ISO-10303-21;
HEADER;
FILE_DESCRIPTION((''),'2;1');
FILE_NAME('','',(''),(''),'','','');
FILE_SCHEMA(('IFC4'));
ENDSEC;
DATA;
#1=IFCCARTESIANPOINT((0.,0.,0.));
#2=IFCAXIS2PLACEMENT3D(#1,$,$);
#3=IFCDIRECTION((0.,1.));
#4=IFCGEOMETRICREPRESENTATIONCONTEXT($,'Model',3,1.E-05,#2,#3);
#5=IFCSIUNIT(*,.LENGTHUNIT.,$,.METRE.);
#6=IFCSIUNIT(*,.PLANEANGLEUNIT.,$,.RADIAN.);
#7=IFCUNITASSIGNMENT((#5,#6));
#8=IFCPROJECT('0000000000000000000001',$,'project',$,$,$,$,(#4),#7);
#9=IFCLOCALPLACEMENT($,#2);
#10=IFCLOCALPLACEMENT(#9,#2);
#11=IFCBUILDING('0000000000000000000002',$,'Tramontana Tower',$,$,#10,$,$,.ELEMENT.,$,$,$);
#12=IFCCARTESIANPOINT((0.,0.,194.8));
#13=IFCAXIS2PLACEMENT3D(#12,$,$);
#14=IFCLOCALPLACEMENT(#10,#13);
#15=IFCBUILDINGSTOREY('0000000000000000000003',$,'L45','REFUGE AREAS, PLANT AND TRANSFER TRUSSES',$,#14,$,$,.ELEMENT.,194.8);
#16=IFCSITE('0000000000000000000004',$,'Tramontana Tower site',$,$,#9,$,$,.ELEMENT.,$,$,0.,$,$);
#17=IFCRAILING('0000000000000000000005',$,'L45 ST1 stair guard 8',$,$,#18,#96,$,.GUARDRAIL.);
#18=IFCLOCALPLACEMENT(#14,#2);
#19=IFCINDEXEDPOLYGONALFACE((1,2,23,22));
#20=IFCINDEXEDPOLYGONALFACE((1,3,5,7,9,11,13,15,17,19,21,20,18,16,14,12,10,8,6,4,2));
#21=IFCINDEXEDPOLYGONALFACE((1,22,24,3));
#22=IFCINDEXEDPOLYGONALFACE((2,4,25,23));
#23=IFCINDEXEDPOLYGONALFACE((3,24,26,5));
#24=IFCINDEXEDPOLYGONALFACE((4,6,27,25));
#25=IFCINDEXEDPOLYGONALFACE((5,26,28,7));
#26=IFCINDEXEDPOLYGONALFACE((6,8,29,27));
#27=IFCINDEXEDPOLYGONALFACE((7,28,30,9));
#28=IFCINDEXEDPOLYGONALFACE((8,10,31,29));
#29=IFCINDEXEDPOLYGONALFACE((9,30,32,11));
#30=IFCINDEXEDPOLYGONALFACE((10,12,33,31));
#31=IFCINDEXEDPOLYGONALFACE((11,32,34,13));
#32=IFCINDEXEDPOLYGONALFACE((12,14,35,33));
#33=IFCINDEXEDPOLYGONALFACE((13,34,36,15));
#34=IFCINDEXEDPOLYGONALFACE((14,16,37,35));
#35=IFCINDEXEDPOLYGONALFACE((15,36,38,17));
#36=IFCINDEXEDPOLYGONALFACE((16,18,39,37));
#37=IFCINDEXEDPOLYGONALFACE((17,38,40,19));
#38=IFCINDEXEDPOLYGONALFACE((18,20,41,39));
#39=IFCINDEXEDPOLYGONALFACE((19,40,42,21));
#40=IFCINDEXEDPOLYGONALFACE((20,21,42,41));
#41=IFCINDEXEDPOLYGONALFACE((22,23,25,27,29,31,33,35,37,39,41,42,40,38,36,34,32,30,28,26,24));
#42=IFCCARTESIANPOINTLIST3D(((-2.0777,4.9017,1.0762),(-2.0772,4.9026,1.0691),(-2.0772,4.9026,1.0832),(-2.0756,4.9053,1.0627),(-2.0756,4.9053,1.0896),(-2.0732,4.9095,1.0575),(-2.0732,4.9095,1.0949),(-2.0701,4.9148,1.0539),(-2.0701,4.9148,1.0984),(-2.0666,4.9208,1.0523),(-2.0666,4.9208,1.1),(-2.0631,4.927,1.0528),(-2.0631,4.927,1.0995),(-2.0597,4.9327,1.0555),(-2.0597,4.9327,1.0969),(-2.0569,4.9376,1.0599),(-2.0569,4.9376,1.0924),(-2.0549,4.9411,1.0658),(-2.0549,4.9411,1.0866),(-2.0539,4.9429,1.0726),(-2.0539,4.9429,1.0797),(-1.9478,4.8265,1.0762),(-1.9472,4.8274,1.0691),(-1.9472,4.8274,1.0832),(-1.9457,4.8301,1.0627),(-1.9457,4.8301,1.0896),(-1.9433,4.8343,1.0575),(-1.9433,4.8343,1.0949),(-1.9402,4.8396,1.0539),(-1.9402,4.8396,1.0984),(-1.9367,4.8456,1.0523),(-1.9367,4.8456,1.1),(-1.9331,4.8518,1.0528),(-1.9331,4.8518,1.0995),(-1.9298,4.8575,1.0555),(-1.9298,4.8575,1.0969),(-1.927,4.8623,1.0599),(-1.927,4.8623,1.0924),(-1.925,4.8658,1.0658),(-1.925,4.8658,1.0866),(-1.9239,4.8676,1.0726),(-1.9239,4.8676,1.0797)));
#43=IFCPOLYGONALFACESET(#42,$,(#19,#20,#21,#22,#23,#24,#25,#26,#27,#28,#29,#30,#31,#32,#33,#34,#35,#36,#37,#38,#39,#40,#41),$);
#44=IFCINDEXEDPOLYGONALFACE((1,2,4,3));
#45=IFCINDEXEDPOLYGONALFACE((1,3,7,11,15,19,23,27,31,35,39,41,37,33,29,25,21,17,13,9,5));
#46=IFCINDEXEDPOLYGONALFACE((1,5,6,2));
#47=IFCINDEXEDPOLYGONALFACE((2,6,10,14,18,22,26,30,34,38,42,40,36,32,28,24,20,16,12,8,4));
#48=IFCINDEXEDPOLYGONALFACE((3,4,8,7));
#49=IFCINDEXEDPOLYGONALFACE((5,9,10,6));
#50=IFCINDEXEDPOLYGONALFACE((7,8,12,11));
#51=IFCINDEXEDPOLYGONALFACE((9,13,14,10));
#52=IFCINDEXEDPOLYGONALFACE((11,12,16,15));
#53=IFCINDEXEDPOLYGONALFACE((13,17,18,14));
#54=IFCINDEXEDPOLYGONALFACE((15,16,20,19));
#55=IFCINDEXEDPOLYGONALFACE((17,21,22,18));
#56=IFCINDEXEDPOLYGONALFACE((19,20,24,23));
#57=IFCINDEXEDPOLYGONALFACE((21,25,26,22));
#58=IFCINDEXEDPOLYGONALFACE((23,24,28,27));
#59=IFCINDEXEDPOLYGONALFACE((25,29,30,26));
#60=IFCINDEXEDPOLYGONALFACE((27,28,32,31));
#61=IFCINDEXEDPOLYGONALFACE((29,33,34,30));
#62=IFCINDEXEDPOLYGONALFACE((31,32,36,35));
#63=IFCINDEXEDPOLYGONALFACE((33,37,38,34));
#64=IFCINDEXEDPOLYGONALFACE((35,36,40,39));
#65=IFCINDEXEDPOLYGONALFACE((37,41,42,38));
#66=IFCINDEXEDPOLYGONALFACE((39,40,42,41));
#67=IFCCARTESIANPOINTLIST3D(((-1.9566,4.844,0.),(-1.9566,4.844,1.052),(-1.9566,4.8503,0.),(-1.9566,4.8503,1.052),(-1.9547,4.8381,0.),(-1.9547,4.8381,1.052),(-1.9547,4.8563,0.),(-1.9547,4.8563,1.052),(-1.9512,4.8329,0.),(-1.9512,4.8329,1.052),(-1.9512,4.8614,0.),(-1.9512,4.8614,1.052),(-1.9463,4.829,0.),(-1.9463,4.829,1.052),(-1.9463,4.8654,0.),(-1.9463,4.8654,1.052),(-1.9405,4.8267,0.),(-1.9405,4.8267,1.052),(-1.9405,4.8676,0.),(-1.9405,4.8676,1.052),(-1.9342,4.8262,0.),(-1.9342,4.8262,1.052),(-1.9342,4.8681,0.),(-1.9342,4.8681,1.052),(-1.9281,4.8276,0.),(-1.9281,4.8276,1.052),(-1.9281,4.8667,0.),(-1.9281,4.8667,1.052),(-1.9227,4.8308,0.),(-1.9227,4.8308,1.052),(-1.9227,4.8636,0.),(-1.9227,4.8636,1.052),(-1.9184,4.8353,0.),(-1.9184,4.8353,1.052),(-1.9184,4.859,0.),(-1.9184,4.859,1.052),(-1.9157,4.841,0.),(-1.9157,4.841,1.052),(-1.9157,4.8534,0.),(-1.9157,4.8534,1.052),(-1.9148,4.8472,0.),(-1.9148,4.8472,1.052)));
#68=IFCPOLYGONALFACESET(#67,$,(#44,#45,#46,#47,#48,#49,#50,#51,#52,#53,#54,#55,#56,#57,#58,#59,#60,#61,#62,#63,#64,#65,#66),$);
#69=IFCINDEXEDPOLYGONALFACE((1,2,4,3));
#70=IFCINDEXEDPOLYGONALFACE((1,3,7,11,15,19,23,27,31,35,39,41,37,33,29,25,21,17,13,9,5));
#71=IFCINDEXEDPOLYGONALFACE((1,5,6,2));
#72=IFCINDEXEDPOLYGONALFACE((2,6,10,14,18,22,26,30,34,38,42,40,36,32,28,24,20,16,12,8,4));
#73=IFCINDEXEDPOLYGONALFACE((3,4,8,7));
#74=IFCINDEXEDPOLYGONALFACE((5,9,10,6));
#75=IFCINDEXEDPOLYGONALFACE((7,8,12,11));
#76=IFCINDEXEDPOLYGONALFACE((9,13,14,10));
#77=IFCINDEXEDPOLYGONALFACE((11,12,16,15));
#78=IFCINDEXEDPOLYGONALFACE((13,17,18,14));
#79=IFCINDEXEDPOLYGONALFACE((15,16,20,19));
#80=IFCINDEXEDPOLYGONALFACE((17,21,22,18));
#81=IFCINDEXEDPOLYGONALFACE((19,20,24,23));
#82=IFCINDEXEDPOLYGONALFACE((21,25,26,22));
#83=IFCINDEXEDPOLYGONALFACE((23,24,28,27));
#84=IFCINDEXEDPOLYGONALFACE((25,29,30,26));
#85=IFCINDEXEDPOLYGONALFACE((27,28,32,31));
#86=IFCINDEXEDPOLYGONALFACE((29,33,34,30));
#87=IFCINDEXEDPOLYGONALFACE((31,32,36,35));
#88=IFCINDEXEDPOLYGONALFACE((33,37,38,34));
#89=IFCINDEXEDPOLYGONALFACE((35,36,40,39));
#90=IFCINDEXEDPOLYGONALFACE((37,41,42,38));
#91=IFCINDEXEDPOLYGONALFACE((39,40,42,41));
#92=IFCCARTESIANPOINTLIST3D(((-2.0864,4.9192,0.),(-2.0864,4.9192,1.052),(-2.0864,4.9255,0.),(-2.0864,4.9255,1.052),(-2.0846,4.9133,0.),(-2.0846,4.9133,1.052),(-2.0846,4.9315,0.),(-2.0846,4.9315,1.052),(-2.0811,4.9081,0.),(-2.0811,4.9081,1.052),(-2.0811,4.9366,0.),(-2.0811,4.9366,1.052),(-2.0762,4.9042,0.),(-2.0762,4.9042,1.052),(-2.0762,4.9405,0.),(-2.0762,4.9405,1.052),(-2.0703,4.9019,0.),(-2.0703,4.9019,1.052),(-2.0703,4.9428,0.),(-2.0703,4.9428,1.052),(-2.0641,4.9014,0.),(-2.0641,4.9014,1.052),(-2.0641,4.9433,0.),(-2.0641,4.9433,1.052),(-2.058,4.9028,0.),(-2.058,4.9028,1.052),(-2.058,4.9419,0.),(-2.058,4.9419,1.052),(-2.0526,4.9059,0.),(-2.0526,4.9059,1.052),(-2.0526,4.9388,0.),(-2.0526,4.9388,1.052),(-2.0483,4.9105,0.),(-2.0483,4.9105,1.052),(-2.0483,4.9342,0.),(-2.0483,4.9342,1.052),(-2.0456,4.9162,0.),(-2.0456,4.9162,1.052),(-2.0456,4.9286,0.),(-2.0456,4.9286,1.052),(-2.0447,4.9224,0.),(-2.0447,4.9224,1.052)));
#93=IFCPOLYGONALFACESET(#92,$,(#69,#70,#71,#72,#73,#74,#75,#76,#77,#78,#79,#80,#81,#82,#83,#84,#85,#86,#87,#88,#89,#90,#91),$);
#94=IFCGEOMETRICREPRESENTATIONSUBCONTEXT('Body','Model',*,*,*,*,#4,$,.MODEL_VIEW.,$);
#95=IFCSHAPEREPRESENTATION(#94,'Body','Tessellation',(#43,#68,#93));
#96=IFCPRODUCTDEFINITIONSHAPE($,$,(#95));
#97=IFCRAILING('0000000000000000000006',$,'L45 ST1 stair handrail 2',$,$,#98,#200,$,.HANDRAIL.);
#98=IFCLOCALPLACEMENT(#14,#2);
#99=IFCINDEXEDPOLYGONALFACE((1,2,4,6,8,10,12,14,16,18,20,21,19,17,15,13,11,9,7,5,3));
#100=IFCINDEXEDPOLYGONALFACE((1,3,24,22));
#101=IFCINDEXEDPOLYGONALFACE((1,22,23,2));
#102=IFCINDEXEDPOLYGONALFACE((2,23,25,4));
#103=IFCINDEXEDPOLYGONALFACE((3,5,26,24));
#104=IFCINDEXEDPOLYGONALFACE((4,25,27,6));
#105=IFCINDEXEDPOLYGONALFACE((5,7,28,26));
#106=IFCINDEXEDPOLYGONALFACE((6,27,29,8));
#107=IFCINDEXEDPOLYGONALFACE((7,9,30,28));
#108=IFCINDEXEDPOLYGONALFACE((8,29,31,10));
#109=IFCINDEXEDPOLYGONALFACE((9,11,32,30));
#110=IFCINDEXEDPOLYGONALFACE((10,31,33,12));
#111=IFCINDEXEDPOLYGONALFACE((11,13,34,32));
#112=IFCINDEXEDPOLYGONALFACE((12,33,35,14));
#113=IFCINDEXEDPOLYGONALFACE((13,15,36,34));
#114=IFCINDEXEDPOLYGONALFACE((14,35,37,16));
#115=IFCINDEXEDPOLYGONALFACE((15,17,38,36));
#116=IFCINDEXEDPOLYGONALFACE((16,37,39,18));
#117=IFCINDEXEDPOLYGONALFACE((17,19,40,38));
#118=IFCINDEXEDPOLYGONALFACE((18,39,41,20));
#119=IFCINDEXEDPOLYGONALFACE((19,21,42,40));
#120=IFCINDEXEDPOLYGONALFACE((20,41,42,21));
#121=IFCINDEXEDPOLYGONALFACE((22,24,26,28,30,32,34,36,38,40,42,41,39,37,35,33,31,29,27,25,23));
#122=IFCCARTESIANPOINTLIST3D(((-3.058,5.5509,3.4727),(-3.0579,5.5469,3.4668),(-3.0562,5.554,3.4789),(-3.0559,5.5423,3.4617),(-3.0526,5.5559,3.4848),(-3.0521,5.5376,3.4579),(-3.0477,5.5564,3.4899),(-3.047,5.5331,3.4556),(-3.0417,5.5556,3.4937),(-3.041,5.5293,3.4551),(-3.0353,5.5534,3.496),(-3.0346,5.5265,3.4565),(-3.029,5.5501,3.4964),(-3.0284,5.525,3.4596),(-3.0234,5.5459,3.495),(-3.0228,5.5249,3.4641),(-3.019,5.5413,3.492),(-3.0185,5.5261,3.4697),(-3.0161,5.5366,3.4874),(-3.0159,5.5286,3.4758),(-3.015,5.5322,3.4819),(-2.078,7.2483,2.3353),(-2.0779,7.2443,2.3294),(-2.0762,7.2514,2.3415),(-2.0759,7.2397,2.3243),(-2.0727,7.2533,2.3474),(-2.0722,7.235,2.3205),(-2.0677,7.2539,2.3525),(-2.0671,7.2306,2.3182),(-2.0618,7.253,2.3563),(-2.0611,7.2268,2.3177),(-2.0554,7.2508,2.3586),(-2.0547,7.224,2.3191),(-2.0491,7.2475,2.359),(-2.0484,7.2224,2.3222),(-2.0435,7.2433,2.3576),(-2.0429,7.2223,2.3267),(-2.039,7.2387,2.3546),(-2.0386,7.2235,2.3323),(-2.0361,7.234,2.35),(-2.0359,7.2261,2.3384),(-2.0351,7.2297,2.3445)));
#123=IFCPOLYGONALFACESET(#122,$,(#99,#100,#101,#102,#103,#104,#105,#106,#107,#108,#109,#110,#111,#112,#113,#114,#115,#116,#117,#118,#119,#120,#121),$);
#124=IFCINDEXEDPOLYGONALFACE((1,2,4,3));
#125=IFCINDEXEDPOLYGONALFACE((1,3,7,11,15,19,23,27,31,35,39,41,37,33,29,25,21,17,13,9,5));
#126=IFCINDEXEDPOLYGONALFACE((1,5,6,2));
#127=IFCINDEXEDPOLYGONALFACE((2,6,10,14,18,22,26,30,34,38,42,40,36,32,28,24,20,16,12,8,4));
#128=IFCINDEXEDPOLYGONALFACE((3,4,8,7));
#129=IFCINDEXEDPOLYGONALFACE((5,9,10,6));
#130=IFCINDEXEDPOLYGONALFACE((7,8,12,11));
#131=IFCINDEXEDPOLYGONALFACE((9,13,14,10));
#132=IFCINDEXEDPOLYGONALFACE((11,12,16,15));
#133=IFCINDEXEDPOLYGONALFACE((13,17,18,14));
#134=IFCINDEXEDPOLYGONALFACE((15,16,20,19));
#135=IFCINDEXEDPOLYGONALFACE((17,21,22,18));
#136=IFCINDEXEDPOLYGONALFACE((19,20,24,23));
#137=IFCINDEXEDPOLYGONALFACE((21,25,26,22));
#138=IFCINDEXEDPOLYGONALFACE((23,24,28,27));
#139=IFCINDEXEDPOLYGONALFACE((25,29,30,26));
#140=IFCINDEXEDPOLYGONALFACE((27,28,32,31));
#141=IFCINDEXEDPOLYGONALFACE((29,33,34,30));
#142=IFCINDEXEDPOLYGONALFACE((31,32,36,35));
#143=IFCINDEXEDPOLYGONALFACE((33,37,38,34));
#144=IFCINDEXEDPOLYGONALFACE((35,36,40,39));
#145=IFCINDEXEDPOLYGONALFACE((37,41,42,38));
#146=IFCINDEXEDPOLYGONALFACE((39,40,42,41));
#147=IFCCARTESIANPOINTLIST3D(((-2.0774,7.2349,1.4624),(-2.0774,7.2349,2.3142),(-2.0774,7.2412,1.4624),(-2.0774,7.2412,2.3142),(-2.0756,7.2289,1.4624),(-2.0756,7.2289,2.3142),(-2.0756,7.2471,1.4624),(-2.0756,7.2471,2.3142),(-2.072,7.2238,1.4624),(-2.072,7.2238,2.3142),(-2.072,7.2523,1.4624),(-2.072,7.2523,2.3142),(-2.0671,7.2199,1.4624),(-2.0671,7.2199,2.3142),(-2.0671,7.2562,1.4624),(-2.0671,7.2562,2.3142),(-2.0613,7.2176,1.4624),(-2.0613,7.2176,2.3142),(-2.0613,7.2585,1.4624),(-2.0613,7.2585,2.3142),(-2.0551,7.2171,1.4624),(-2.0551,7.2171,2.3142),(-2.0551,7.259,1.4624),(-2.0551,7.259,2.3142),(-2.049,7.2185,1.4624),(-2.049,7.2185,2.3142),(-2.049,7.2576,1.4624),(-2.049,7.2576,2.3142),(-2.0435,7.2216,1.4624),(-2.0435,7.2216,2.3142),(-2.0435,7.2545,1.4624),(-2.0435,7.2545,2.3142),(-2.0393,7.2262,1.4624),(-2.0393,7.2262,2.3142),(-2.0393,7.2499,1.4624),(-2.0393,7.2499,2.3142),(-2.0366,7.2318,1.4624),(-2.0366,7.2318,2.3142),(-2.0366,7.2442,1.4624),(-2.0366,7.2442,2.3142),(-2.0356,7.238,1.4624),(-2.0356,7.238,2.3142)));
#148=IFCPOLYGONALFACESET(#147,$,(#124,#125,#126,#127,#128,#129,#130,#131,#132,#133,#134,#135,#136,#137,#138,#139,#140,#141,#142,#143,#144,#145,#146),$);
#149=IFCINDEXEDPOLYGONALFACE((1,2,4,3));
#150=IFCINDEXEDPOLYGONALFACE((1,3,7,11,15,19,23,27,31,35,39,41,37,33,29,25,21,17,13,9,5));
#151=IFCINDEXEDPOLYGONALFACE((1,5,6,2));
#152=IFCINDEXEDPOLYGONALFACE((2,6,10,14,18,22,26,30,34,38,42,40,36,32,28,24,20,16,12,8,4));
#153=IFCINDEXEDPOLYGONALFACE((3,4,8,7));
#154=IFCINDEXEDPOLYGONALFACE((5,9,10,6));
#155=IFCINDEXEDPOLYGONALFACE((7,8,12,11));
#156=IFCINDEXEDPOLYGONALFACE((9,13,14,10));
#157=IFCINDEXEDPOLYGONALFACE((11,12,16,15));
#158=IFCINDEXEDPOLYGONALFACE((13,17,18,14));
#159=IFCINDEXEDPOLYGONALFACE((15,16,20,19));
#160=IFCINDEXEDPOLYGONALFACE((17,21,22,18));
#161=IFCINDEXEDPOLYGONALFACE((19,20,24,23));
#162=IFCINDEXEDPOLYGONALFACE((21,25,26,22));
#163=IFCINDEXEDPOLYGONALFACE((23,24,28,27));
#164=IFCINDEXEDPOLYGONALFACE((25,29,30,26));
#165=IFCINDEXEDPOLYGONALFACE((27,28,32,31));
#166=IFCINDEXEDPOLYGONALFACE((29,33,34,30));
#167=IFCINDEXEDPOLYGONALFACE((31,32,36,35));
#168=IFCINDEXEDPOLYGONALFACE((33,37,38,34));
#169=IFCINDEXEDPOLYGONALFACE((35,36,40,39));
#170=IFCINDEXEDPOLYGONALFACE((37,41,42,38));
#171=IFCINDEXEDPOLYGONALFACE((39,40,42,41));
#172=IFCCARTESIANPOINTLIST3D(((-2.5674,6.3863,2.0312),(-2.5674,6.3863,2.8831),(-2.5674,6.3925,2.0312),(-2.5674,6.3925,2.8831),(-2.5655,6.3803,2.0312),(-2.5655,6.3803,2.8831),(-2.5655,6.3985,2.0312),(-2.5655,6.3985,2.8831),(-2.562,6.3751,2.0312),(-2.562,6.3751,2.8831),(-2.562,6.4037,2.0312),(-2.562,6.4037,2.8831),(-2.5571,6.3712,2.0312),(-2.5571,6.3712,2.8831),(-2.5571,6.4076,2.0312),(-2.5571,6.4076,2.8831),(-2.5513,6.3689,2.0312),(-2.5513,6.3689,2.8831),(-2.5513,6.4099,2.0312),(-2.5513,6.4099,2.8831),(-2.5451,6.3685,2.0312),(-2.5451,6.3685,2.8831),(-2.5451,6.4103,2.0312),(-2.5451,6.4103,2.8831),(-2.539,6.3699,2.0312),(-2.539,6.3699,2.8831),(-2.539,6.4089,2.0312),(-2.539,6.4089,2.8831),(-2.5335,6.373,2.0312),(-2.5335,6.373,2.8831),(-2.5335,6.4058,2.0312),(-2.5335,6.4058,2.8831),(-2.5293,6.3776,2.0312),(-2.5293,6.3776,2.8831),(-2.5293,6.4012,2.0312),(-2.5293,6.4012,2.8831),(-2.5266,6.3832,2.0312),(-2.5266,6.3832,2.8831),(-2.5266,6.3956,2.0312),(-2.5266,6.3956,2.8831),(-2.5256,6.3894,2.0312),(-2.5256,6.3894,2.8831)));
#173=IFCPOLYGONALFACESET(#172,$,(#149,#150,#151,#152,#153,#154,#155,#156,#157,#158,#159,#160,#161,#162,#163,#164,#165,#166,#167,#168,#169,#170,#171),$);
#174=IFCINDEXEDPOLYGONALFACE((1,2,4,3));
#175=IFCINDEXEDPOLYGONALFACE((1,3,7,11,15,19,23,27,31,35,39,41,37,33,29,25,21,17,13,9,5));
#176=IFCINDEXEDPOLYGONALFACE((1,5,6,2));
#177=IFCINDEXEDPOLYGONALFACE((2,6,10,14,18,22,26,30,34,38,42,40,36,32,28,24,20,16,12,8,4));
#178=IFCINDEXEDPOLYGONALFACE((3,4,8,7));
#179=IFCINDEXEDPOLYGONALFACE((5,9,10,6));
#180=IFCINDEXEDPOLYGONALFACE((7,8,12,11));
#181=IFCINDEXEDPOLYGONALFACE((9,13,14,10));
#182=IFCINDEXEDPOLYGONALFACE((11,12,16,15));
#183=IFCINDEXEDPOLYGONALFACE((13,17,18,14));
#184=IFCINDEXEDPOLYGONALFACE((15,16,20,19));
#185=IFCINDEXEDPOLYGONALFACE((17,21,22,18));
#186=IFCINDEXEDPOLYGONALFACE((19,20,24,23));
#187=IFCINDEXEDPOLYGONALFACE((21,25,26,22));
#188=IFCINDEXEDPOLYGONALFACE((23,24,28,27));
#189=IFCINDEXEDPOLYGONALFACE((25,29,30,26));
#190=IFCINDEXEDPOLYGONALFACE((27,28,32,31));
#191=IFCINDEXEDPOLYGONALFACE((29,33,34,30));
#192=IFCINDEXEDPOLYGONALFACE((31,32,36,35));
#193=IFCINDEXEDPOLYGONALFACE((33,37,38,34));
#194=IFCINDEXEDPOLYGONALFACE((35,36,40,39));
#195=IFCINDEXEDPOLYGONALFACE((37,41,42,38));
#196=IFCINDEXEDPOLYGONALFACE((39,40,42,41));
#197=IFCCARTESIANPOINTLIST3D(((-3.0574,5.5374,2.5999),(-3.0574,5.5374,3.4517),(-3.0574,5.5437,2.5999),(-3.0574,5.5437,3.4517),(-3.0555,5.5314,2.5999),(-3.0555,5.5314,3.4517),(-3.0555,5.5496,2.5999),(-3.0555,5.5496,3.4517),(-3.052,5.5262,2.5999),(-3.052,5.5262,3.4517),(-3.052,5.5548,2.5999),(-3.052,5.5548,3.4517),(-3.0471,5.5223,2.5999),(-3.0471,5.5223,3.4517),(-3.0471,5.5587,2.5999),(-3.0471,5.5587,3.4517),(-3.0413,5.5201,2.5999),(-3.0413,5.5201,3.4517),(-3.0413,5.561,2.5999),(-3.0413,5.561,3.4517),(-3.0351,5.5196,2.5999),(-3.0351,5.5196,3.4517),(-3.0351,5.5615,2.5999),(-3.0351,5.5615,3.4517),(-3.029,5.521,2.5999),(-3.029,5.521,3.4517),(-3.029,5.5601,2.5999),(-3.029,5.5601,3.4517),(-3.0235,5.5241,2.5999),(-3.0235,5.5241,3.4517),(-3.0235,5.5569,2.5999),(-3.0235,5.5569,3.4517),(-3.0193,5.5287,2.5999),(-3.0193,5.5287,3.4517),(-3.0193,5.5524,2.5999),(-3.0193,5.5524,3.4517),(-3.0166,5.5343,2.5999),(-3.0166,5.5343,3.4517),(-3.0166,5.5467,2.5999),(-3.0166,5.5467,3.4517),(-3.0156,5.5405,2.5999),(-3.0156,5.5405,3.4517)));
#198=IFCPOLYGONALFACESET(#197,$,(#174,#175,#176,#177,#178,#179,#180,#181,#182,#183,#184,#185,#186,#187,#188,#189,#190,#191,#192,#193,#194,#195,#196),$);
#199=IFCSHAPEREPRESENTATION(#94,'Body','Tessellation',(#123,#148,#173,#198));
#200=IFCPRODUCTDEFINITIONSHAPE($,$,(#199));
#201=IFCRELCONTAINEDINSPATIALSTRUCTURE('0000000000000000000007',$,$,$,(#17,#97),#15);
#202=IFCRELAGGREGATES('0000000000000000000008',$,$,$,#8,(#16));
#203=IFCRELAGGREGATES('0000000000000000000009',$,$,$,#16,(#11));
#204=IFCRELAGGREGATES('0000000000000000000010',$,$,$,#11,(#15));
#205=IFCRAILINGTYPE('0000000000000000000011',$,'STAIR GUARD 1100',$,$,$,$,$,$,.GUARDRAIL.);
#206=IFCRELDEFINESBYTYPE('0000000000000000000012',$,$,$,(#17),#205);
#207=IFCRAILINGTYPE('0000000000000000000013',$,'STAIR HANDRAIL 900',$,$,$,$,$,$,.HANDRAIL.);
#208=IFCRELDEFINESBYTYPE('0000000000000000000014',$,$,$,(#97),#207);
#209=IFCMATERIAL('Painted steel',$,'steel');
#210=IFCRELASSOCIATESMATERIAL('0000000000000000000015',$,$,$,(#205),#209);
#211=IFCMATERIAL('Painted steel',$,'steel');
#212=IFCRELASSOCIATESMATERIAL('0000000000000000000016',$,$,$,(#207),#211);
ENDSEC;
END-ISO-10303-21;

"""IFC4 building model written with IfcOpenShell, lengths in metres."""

from ifc_helpers import new_model, si_unit, direction, frame, origin, origin_2d, place, context, subcontext, project, spatial, circle, extrude, material, type_object, element, save


model = new_model("IFC4")

# Units and contexts
model_context = context("Model", 3, precision=1e-05, world=origin(), true_north=direction((0.0, 1.0)))
body_context = subcontext(model_context, "Body", "Model", "MODEL_VIEW")
ifc_project = project(units=[si_unit("LENGTHUNIT", "METRE"), si_unit("PLANEANGLEUNIT", "RADIAN")], contexts=[model_context])

# Site, building, storey
site_placement = place(None, origin())
site = spatial("IfcSite", under=ifc_project, at=site_placement, Name="Tramontana Tower site", CompositionType="ELEMENT", RefElevation=0.0)
building_placement = place(site_placement, origin())
building = spatial("IfcBuilding", under=site, at=building_placement, Name="Tramontana Tower", CompositionType="ELEMENT")
storey_placement = place(building_placement, frame((0.0, 0.0, 194.8)))
storey = spatial("IfcBuildingStorey", under=building, at=storey_placement, Name="L45", Description="REFUGE AREAS, PLANT AND TRANSFER TRUSSES", CompositionType="ELEMENT", Elevation=194.8)

# Railings
ifc_material_1 = material(Name="Painted steel", Category="steel")
railing_type_1 = type_object("IfcRailingType", Name="STAIR GUARD 1100", PredefinedType="GUARDRAIL", material=ifc_material_1)
for number, where, name in (
    (1, (-1.9358, 4.8472, 0.0), "L45 ST1 stair guard 8"),
):
    element("IfcRailing", number, at=place(storey_placement, frame(where)), inside=storey, type_object=railing_type_1, Name=name, PredefinedType="GUARDRAIL", context=body_context, shape_type="SweptSolid", body=[
        extrude(circle(Radius=0.0239, at=origin_2d()), frame((0.0, 0.0, 1.0762), z_axis=(-0.865426, 0.501036, 0.0), x_axis=(-0.501036, -0.865426, 0.0)), (0.0, 0.0, 1.0), 0.1501),
        extrude(circle(Radius=0.021, at=origin_2d()), origin(), (0.0, 0.0, 1.0), 1.052),
        extrude(circle(Radius=0.021, at=origin_2d()), frame((-0.1299, 0.0752, 0.0)), (0.0, 0.0, 1.0), 1.052),
    ])
ifc_material_2 = material(Name="Painted steel", Category="steel")
railing_type_2 = type_object("IfcRailingType", Name="STAIR HANDRAIL 900", PredefinedType="HANDRAIL", material=ifc_material_2)
for number, where, name in (
    (2, (-2.0566, 7.238, 1.4624), "L45 ST1 stair handrail 2"),
):
    element("IfcRailing", number, at=place(storey_placement, frame(where)), inside=storey, type_object=railing_type_2, Name=name, PredefinedType="HANDRAIL", context=body_context, shape_type="SweptSolid", body=[
        extrude(circle(Radius=0.0239, at=origin_2d()), frame((0.0, 0.0, 0.876), z_axis=(-0.432432, -0.749053, 0.501918), x_axis=(0.866042, -0.49997, 0.0)), (0.0, 0.0, 1.0), 2.2661),
        extrude(circle(Radius=0.021, at=origin_2d()), origin(), (0.0, 0.0, 1.0), 0.8518),
        extrude(circle(Radius=0.021, at=origin_2d()), frame((-0.49, -0.8486, 0.5688)), (0.0, 0.0, 1.0), 0.8518),
        extrude(circle(Radius=0.021, at=origin_2d()), frame((-0.98, -1.6975, 1.1375)), (0.0, 0.0, 1.0), 0.8518),
    ])

save(model, "model.ifc")
